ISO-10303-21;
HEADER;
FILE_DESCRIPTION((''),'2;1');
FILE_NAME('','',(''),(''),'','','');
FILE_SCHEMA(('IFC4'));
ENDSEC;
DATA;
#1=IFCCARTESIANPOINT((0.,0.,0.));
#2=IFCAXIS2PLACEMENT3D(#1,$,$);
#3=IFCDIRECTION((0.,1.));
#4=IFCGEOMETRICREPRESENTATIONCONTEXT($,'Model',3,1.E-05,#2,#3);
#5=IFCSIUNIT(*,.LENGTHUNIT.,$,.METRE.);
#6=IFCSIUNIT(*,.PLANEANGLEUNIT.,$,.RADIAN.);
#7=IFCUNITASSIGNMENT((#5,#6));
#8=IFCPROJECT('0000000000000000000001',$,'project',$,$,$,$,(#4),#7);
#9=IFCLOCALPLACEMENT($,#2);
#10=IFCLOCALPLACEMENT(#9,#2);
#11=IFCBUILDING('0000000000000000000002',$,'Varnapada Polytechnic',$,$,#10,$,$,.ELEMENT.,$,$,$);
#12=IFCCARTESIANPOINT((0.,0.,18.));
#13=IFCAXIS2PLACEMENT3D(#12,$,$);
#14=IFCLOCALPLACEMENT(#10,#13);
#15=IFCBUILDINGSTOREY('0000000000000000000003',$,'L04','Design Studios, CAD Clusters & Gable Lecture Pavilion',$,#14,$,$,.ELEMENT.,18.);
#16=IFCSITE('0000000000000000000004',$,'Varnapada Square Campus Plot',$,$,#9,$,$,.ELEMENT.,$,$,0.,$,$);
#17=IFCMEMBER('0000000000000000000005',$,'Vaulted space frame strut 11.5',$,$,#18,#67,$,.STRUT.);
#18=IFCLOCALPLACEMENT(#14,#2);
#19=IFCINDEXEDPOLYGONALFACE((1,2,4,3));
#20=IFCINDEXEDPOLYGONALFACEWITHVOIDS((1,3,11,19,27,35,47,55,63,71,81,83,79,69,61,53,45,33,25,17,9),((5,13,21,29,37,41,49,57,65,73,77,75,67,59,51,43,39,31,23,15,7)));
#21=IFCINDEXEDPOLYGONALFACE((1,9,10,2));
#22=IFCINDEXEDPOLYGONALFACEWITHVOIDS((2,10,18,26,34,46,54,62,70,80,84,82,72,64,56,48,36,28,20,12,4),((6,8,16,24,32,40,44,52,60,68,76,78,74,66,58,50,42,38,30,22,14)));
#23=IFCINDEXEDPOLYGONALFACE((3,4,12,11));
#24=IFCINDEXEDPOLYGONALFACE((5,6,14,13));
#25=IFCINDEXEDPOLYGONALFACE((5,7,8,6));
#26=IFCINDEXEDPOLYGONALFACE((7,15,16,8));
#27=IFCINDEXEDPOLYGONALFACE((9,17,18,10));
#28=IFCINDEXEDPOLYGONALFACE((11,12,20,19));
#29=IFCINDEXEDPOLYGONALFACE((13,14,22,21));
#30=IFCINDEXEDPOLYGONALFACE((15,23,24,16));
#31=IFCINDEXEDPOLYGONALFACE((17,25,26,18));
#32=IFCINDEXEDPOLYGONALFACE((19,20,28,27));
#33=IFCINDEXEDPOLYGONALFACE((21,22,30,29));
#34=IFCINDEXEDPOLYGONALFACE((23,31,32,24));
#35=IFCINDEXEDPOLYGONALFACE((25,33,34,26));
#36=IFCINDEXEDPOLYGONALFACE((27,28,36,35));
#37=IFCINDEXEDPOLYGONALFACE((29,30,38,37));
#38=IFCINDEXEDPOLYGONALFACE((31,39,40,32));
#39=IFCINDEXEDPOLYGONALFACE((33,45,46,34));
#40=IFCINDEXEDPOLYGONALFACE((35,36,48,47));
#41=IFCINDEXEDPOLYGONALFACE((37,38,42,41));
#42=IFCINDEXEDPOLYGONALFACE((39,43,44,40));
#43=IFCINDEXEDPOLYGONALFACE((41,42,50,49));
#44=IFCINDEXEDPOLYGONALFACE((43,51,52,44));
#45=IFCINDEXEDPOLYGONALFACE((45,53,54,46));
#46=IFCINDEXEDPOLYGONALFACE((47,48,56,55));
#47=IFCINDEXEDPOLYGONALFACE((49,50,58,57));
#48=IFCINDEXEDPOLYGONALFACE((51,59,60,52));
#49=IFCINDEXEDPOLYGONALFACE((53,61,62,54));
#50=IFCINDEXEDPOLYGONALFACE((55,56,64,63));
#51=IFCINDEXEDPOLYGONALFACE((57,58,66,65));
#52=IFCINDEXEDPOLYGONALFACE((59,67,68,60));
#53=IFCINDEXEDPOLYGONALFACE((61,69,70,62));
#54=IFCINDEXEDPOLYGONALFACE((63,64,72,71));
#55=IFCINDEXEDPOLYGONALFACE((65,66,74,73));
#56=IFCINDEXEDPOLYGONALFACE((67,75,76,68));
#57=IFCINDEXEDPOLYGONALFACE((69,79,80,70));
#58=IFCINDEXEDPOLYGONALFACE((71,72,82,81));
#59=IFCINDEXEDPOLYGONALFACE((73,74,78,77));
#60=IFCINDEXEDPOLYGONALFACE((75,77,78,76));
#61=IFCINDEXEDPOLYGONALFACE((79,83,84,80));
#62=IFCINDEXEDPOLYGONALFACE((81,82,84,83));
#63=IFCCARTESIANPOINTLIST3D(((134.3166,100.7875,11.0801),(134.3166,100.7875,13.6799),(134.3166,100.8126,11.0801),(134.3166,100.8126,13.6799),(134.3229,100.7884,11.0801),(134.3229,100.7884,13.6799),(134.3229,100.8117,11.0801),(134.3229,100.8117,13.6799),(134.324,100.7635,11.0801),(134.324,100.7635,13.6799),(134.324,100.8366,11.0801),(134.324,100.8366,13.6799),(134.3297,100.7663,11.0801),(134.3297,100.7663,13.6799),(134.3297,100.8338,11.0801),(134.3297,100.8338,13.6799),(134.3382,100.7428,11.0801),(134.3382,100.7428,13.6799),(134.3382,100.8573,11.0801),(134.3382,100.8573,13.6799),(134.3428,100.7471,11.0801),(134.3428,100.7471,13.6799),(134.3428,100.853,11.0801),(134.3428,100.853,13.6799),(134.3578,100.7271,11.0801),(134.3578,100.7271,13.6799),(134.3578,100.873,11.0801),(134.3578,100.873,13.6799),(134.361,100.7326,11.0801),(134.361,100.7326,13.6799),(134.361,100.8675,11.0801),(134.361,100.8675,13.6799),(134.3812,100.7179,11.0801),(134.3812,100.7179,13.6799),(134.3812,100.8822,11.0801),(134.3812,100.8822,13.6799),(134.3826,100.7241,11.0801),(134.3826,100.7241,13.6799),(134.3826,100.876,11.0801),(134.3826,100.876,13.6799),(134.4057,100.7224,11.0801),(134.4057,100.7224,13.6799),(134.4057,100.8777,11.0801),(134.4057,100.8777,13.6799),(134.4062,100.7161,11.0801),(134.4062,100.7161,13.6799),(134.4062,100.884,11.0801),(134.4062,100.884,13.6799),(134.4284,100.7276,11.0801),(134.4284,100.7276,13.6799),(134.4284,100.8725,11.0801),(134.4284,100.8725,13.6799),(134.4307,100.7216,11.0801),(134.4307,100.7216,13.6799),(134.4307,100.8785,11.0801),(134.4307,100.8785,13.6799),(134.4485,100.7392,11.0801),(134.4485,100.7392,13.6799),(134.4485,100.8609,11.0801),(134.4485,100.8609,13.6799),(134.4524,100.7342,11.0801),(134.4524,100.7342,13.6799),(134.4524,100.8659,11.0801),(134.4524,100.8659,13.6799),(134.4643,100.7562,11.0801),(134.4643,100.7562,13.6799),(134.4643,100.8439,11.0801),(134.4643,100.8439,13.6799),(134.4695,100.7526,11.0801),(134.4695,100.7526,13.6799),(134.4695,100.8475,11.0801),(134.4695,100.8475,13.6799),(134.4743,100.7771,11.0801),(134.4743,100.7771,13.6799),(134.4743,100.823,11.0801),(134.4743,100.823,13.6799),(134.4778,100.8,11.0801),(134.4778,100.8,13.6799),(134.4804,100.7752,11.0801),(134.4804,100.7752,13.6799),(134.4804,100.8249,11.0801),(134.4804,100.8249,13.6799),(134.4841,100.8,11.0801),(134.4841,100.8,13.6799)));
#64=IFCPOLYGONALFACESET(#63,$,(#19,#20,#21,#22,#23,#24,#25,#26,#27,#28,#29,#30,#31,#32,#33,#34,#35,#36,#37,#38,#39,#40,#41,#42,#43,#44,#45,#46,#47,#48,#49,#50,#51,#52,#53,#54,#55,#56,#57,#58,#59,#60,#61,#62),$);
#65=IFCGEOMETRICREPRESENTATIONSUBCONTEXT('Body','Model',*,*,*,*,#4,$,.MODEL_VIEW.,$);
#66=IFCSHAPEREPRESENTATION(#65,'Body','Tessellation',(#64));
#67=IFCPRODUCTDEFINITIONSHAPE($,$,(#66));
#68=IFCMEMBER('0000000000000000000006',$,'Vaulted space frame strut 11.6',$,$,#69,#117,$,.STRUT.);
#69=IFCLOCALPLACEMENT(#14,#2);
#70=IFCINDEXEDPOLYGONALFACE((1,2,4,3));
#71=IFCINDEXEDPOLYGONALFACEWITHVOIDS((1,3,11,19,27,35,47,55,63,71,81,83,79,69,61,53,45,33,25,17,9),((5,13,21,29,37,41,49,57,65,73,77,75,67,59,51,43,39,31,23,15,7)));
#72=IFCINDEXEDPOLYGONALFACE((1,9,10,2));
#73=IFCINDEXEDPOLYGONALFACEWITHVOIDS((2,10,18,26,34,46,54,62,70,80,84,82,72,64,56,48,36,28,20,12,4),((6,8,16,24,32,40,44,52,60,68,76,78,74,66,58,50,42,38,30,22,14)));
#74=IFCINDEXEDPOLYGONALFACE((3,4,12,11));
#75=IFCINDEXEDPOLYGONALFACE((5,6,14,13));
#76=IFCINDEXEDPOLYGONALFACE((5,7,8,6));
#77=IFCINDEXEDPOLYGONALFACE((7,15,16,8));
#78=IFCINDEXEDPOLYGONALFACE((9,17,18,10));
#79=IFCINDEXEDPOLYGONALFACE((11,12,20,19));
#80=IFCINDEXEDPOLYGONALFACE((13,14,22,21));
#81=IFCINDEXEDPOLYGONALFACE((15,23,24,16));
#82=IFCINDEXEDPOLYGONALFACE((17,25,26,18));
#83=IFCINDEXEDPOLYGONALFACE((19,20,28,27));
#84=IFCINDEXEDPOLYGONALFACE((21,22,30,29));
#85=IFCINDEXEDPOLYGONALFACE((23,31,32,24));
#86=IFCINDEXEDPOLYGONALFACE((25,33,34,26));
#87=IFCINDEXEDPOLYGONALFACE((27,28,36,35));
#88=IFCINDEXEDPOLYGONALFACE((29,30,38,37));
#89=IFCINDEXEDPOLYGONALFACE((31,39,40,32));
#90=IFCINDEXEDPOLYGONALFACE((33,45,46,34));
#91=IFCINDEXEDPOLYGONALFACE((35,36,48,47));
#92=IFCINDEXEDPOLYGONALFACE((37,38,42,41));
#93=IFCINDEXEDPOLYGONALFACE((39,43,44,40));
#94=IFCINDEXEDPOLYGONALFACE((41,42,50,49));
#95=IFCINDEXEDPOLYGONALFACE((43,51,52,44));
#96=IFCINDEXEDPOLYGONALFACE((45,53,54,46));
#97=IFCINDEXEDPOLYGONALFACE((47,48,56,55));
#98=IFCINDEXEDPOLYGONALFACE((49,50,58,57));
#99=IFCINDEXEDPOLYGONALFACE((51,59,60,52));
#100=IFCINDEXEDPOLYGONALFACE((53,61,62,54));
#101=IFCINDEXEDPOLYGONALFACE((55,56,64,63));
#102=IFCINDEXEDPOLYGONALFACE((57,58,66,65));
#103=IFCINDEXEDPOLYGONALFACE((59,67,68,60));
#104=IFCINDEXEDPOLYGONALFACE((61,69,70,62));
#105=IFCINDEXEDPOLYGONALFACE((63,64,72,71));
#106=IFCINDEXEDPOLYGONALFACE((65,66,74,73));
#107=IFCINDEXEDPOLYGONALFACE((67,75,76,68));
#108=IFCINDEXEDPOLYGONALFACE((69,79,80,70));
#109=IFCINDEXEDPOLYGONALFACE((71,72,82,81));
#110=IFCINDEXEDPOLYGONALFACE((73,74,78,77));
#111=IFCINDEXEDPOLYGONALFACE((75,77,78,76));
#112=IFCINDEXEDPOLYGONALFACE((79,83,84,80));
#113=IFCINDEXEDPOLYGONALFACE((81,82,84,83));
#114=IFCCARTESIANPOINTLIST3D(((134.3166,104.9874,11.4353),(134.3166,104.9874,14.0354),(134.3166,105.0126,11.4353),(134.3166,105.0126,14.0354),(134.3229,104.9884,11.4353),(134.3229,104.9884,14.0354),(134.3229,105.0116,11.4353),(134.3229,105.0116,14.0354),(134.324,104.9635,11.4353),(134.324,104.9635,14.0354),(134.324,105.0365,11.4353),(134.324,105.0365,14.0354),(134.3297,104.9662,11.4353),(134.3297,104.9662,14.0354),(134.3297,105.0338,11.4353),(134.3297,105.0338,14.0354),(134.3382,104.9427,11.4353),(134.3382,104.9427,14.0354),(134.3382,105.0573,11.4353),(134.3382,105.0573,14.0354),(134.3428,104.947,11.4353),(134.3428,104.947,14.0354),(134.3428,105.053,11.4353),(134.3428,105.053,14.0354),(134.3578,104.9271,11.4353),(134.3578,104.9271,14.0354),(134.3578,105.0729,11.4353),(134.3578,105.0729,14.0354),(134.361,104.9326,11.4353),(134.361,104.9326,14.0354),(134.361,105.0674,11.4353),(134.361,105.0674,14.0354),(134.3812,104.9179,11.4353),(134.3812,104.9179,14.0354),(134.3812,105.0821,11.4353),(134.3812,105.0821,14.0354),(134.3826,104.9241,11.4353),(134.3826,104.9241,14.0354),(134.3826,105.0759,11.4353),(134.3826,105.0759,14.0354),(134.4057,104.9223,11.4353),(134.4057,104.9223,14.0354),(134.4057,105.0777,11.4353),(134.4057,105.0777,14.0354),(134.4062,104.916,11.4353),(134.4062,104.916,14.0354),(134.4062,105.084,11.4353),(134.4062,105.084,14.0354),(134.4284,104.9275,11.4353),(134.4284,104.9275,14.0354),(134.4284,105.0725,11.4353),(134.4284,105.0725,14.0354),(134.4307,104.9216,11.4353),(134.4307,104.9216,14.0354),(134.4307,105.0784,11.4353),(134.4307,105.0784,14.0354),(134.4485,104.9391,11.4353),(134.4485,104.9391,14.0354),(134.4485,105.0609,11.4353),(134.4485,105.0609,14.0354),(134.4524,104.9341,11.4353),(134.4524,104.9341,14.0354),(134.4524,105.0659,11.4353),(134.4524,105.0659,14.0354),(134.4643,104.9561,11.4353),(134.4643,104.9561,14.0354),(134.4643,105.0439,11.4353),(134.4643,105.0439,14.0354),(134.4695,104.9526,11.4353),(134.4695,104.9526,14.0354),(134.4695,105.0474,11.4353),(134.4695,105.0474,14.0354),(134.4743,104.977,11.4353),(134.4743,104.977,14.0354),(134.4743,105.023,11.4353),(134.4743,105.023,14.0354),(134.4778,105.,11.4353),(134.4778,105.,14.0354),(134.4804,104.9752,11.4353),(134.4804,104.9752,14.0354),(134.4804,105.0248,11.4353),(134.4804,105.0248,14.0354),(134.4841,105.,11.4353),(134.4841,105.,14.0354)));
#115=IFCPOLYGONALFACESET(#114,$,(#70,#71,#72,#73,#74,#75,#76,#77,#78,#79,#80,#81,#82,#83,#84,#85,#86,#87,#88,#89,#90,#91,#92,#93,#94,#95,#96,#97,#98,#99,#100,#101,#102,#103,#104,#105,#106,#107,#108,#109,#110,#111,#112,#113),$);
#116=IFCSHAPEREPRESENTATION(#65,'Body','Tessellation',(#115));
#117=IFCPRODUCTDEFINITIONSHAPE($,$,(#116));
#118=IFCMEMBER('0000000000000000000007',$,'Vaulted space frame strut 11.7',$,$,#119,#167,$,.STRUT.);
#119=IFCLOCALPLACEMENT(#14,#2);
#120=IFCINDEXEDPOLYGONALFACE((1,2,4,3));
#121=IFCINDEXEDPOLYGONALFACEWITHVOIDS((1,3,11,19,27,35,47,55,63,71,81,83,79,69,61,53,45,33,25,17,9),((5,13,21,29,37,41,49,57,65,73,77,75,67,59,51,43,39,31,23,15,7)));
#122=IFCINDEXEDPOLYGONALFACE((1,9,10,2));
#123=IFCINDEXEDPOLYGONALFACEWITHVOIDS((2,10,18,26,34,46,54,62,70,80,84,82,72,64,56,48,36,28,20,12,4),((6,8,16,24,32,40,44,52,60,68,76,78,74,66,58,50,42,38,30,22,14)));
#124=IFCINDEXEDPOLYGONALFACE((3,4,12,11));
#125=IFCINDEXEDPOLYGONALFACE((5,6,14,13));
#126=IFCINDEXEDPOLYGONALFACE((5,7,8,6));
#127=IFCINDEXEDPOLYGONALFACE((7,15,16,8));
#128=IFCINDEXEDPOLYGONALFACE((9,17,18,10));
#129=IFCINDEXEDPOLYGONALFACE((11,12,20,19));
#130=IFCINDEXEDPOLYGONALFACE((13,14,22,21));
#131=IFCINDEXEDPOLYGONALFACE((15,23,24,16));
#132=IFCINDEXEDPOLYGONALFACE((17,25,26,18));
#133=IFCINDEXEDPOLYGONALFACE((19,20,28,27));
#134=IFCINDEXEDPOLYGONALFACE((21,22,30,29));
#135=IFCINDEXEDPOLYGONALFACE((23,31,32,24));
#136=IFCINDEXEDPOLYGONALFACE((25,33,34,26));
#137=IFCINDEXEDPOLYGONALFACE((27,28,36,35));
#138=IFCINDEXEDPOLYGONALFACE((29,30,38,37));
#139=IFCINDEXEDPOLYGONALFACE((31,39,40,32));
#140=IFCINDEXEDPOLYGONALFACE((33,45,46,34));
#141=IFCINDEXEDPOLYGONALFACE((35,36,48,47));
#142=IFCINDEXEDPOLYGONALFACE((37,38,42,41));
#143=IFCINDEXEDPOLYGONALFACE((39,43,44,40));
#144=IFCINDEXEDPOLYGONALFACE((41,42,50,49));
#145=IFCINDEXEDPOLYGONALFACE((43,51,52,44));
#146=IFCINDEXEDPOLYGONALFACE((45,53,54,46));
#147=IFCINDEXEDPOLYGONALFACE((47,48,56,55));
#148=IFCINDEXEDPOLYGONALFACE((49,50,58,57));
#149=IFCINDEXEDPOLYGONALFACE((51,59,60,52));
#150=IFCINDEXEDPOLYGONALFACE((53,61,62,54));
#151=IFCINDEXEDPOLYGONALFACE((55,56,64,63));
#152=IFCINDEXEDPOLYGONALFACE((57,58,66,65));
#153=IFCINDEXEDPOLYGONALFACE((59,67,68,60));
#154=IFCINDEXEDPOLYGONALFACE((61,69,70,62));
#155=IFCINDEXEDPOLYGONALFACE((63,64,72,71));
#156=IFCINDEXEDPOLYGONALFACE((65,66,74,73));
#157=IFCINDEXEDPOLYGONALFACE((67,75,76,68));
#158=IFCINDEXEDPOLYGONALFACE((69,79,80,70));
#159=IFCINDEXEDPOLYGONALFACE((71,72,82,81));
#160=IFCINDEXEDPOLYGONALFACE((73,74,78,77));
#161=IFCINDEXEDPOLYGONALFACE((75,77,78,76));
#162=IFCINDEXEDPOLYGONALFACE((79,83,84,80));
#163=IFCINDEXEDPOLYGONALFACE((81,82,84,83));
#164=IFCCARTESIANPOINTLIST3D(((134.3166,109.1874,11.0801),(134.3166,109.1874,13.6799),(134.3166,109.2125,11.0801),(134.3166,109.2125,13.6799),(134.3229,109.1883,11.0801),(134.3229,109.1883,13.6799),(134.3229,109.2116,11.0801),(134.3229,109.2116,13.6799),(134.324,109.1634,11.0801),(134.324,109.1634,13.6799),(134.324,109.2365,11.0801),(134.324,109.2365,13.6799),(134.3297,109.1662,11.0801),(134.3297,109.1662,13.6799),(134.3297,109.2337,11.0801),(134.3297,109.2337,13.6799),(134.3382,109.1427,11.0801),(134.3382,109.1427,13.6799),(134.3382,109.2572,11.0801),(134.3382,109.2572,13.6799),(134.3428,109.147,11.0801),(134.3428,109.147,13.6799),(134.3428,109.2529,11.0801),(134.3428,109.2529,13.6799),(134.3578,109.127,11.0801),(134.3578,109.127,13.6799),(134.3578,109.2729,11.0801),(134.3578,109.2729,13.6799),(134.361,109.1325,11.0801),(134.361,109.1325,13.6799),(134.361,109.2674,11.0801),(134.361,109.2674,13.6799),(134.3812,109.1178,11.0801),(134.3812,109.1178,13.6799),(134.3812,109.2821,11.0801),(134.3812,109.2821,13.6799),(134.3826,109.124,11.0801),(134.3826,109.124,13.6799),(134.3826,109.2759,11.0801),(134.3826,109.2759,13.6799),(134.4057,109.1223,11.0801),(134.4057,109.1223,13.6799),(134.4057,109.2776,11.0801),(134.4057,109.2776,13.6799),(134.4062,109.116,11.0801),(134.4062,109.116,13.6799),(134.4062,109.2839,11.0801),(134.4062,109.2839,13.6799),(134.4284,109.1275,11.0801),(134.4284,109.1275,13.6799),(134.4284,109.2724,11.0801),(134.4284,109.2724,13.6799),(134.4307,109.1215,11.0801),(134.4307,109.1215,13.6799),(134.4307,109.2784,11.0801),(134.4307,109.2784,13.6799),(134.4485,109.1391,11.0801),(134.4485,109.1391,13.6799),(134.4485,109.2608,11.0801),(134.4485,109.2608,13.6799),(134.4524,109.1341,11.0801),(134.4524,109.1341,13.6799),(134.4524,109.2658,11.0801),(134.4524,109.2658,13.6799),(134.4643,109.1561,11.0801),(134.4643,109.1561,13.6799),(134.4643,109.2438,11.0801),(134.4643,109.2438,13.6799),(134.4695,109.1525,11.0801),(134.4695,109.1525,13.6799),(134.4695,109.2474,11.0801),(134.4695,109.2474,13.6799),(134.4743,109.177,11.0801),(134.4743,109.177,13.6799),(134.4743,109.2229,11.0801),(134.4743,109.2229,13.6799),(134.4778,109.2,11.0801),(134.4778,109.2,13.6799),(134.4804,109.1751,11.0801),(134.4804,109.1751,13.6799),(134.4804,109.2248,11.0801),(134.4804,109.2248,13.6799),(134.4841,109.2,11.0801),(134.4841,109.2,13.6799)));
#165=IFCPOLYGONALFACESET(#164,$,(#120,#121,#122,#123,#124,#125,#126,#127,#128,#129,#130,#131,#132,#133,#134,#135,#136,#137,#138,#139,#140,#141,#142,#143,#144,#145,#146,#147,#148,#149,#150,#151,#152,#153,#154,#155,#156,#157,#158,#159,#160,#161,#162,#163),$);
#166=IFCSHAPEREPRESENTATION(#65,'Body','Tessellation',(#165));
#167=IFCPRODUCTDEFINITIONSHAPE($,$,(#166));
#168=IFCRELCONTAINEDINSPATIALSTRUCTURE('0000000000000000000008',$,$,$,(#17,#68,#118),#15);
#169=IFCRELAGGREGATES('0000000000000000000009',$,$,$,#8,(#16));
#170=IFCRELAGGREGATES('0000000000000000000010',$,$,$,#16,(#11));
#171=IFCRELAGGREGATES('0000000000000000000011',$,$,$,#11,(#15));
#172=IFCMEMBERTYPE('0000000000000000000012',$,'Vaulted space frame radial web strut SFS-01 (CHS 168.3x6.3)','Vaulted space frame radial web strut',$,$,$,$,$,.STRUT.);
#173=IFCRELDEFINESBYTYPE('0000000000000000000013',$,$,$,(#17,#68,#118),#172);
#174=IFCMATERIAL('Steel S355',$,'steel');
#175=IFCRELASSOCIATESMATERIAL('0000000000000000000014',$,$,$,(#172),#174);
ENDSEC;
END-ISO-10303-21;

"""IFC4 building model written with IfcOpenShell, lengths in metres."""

from ifc_helpers import new_model, si_unit, direction, frame, origin, origin_2d, place, context, subcontext, project, spatial, hollow_circle, extrude, material, material_profile, profile_set, type_object, element, save


model = new_model("IFC4")

# Units and contexts
model_context = context("Model", 3, precision=1e-05, world=origin(), true_north=direction((0.0, 1.0)))
body_context = subcontext(model_context, "Body", "Model", "MODEL_VIEW")
ifc_project = project(units=[si_unit("LENGTHUNIT", "METRE"), si_unit("PLANEANGLEUNIT", "RADIAN")], contexts=[model_context])

# Site, building, storey
site_placement = place(None, origin())
site = spatial("IfcSite", under=ifc_project, at=site_placement, Name="Varnapada Square Campus Plot", CompositionType="ELEMENT", RefElevation=0.0)
building_placement = place(site_placement, origin())
building = spatial("IfcBuilding", under=site, at=building_placement, Name="Varnapada Polytechnic", CompositionType="ELEMENT")
storey_placement = place(building_placement, frame((0.0, 0.0, 18.0)))
storey = spatial("IfcBuildingStorey", under=building, at=storey_placement, Name="L04", Description="Design Studios, CAD Clusters & Gable Lecture Pavilion", CompositionType="ELEMENT", Elevation=18.0)

# Shared definitions
ifc_material = material(Name="Steel S355", Category="steel")

# Members
ifc_material_profile_1 = material_profile(ifc_material, hollow_circle(Radius=0.0842, WallThickness=0.0063, at=origin_2d()), Name="CHS 168.3x6.3")
ifc_profile_set_1 = profile_set([ifc_material_profile_1], Name="Steel S355")
member_type_1 = type_object("IfcMemberType", Name="Vaulted space frame radial web strut SFS-01 (CHS 168.3x6.3)", Description="Vaulted space frame radial web strut", PredefinedType="STRUT", material=ifc_profile_set_1)
member_1_placement = place(storey_placement, frame((134.3999, 100.8, 11.0801), z_axis=(0.0, 0.0, 1.0), x_axis=(1.0, 0.0, 0.0)))
element("IfcMember", 1, at=member_1_placement, inside=storey, type_object=member_type_1, Name="Vaulted space frame strut 11.5", PredefinedType="STRUT", context=body_context, shape_type="SweptSolid", body=[
    extrude(hollow_circle(Radius=0.0842, WallThickness=0.0063, at=origin_2d()), origin(), (0.0, 0.0, 1.0), 2.5999),
])
member_2_placement = place(storey_placement, frame((134.3999, 105.0, 11.4353), z_axis=(0.0, 0.0, 1.0), x_axis=(1.0, 0.0, 0.0)))
element("IfcMember", 2, at=member_2_placement, inside=storey, type_object=member_type_1, Name="Vaulted space frame strut 11.6", PredefinedType="STRUT", context=body_context, shape_type="SweptSolid", body=[
    extrude(hollow_circle(Radius=0.0842, WallThickness=0.0063, at=origin_2d()), origin(), (0.0, 0.0, 1.0), 2.6001),
])
member_3_placement = place(storey_placement, frame((134.3999, 109.2, 11.0801), z_axis=(0.0, 0.0, 1.0), x_axis=(1.0, 0.0, 0.0)))
element("IfcMember", 3, at=member_3_placement, inside=storey, type_object=member_type_1, Name="Vaulted space frame strut 11.7", PredefinedType="STRUT", context=body_context, shape_type="SweptSolid", body=[
    extrude(hollow_circle(Radius=0.0842, WallThickness=0.0063, at=origin_2d()), origin(), (0.0, 0.0, 1.0), 2.5999),
])

save(model, "model.ifc")
